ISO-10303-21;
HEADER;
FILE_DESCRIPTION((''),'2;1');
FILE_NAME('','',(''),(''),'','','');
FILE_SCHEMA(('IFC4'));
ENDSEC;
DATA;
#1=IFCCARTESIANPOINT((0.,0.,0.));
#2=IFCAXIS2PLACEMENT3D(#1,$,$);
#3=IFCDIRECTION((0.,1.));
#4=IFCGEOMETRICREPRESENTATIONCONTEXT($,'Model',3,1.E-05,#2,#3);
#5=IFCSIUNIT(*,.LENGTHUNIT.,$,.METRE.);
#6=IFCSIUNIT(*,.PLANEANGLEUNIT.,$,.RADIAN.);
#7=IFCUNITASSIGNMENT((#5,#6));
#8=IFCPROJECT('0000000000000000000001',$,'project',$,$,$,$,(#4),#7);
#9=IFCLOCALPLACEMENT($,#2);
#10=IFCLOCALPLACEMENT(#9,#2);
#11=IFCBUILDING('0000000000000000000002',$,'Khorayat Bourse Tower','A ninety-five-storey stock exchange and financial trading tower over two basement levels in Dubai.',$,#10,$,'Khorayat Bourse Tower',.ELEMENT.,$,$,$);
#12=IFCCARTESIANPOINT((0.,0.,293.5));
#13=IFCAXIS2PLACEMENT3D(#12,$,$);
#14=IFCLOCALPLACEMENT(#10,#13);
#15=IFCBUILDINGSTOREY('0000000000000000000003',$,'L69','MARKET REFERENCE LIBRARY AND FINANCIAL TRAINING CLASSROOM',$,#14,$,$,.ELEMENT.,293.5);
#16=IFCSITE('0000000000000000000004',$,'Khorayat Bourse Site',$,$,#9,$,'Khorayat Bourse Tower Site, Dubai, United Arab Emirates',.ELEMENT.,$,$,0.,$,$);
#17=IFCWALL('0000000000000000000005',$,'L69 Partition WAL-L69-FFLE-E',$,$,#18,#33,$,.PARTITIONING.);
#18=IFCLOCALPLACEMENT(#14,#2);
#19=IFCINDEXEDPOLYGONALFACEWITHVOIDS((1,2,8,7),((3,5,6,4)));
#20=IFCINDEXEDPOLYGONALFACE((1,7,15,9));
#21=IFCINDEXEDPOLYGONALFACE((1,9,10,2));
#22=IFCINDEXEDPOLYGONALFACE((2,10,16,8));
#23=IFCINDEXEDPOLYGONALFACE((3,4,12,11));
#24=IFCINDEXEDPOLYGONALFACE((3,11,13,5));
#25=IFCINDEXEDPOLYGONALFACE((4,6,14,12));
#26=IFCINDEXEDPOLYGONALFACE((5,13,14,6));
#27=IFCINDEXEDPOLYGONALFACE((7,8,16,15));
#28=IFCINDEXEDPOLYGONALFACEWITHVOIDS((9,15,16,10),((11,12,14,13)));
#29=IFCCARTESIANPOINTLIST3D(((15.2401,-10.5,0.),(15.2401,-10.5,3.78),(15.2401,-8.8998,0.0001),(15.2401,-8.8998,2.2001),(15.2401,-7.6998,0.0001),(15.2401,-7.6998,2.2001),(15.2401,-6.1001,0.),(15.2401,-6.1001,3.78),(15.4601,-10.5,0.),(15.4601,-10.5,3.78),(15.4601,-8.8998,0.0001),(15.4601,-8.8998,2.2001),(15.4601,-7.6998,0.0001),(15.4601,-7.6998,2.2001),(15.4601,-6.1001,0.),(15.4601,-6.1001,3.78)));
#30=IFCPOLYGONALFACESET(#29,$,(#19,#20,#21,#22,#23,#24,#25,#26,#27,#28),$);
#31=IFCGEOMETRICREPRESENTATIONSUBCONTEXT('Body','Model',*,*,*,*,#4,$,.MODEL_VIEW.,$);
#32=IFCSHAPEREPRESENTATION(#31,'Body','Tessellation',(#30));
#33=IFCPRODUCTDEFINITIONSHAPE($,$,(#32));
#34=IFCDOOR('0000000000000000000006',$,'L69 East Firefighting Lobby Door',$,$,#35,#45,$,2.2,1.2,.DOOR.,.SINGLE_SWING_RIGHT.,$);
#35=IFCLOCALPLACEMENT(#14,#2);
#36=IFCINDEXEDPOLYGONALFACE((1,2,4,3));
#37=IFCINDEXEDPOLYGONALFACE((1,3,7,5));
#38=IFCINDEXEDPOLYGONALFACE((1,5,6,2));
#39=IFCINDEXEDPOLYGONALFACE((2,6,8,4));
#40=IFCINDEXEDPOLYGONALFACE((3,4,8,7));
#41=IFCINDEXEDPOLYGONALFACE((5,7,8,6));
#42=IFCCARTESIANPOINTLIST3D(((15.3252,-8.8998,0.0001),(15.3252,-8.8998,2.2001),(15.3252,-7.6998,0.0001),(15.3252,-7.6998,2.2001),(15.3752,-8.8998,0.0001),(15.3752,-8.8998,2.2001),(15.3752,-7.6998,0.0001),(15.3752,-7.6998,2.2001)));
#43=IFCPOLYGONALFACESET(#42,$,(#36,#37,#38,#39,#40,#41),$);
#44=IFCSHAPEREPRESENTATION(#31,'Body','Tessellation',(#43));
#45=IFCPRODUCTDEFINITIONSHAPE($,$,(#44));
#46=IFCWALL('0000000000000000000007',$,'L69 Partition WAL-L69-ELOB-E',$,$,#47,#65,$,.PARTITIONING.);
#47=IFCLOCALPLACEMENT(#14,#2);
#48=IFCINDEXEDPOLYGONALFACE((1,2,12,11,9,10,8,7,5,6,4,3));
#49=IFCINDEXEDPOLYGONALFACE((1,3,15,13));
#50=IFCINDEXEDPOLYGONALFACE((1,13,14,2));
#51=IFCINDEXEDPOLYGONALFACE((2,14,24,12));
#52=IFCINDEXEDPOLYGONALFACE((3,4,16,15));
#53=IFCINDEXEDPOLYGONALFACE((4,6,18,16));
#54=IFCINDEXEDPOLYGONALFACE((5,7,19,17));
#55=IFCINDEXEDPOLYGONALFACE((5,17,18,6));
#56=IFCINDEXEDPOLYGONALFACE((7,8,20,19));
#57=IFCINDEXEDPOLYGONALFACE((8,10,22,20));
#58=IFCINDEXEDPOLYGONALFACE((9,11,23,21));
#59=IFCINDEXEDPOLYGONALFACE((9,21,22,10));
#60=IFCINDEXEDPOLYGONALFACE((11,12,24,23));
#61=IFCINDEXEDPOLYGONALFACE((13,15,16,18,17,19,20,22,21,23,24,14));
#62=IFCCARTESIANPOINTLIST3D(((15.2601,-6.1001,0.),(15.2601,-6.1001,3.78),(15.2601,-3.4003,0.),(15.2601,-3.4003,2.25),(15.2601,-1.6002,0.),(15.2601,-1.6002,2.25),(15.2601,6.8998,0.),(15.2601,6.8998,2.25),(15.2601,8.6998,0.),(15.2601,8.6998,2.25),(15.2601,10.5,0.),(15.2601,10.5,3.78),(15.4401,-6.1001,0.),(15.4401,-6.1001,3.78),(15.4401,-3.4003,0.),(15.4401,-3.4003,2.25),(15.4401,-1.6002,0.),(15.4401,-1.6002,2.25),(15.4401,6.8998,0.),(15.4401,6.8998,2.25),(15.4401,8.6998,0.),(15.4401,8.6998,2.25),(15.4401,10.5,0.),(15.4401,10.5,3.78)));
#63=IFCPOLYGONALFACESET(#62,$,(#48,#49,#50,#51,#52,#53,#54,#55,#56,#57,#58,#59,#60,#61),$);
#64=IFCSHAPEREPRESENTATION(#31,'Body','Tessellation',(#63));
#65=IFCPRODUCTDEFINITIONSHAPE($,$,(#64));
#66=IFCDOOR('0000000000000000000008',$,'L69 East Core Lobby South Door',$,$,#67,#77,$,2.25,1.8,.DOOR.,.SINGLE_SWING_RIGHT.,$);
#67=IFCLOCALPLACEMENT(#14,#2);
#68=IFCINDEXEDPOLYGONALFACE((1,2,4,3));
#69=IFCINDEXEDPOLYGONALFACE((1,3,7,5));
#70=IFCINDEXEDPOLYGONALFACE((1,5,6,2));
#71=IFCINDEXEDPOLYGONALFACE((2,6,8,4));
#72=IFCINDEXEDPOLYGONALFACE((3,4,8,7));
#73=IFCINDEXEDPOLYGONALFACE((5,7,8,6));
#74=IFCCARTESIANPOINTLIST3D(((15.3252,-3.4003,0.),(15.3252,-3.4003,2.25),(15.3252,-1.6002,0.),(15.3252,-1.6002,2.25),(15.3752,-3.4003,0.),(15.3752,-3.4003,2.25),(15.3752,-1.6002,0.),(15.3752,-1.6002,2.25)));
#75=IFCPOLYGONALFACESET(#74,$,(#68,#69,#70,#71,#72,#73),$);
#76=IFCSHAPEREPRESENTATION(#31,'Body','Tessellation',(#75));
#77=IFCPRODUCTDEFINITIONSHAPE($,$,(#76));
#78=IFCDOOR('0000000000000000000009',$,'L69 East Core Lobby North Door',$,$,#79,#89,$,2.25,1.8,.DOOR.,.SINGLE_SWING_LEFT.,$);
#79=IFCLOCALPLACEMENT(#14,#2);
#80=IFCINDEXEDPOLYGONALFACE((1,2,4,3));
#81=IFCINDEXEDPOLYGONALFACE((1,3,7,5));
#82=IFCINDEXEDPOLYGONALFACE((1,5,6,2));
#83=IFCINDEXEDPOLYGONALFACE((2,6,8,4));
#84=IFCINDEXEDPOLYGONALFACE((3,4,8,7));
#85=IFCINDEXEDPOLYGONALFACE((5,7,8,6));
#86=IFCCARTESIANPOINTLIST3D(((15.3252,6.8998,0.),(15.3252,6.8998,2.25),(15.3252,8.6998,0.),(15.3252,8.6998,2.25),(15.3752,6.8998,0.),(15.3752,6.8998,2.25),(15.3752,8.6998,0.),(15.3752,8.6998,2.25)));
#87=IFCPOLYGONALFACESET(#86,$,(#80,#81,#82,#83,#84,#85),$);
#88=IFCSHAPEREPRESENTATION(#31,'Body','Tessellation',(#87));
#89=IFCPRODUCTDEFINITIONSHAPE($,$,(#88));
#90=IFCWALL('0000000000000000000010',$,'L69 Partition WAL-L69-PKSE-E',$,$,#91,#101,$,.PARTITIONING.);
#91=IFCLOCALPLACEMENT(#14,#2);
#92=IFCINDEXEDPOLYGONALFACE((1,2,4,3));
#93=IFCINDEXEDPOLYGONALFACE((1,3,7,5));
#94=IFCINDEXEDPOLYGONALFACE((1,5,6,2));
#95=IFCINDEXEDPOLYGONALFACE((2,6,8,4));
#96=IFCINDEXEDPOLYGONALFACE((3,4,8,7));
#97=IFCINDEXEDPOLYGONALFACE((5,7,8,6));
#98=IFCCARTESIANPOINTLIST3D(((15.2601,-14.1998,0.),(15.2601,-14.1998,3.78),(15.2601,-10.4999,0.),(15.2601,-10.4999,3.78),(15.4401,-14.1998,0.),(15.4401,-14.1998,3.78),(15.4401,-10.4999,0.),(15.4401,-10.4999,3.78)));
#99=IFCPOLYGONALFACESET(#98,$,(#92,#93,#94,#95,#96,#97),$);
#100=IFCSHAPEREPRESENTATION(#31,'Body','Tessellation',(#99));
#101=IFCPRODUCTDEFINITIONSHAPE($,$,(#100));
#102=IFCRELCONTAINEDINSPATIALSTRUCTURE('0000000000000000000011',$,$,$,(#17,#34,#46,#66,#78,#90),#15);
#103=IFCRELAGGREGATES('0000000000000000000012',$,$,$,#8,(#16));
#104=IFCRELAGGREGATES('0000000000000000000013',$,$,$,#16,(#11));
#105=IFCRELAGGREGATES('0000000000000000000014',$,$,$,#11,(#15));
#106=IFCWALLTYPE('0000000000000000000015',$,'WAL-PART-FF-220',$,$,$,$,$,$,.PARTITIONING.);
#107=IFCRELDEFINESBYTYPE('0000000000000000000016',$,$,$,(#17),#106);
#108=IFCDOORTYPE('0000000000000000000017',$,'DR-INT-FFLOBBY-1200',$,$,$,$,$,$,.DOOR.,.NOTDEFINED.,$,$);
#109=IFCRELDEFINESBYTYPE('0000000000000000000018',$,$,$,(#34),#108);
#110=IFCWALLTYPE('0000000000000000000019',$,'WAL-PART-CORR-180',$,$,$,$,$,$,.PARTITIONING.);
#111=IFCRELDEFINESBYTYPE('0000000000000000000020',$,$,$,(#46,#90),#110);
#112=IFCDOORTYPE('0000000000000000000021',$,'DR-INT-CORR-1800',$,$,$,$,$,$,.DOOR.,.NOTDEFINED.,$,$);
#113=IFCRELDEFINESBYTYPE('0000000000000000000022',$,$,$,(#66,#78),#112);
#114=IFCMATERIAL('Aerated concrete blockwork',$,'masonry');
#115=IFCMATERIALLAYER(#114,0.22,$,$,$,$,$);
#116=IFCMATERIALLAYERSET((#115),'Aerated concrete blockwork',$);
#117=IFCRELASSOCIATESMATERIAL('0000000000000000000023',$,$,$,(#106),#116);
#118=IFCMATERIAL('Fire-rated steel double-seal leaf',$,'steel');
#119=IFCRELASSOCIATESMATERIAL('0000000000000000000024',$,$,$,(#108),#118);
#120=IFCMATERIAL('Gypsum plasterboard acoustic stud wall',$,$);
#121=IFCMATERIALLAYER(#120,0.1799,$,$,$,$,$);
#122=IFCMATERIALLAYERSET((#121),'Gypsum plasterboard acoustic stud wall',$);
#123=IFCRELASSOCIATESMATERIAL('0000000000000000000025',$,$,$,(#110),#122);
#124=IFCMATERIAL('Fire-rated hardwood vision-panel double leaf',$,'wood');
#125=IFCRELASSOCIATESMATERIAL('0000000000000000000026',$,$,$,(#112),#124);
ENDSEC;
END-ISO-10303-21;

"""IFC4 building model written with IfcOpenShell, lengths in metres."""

from ifc_helpers import new_model, si_unit, direction, frame, frame_2d, origin, place, context, subcontext, project, spatial, rectangle, extrude, source, transform, mapped, material, layer, layer_set, type_object, element, fill, save


model = new_model("IFC4")

# Units and contexts
model_context = context("Model", 3, precision=1e-05, world=origin(), true_north=direction((0.0, 1.0)))
body_context = subcontext(model_context, "Body", "Model", "MODEL_VIEW")
ifc_project = project(units=[si_unit("LENGTHUNIT", "METRE"), si_unit("PLANEANGLEUNIT", "RADIAN")], contexts=[model_context])

# Site, building, storey
site_placement = place(None, origin())
site = spatial("IfcSite", under=ifc_project, at=site_placement, Name="Khorayat Bourse Site", LongName="Khorayat Bourse Tower Site, Dubai, United Arab Emirates", CompositionType="ELEMENT", RefElevation=0.0)
building_placement = place(site_placement, origin())
building = spatial("IfcBuilding", under=site, at=building_placement, Name="Khorayat Bourse Tower", Description="A ninety-five-storey stock exchange and financial trading tower over two basement levels in Dubai.", LongName="Khorayat Bourse Tower", CompositionType="ELEMENT")
storey_placement = place(building_placement, frame((0.0, 0.0, 293.5)))
storey = spatial("IfcBuildingStorey", under=building, at=storey_placement, Name="L69", Description="MARKET REFERENCE LIBRARY AND FINANCIAL TRAINING CLASSROOM", CompositionType="ELEMENT", Elevation=293.5)

# Shared definitions
ifc_material_1 = material(Name="Aerated concrete blockwork", Category="masonry")
ifc_layer_1 = layer(ifc_material_1, 0.22)
ifc_layer_set_1 = layer_set([ifc_layer_1], Name="Aerated concrete blockwork")
wall_type_1 = type_object("IfcWallType", Name="WAL-PART-FF-220", PredefinedType="PARTITIONING", material=ifc_layer_set_1)

# Wall, opening, door
shared_shape_1 = source(origin(), body_context, "Body", "SweptSolid", [
    extrude(rectangle(XDim=4.3999, YDim=0.22, at=frame_2d((2.2, 0.0))), origin(), (0.0, 0.0, 1.0), 3.78),
])
wall_1_placement = place(storey_placement, frame((15.3501, -10.5, 0.0), z_axis=(0.0, 0.0, 1.0), x_axis=(0.0, 1.0, 0.0)))
wall_1 = element("IfcWall", 1, at=wall_1_placement, inside=storey, type_object=wall_type_1, Name="L69 Partition WAL-L69-FFLE-E", PredefinedType="PARTITIONING", context=body_context, shape_type="MappedRepresentation", body=[
    mapped(shared_shape_1, transform((0.0, 0.0, 0.0), scale=1.0)),
])
shared_shape_2 = source(origin(), body_context, "Body", "SweptSolid", [
    extrude(rectangle(XDim=1.2, YDim=2.2, at=frame_2d((0.6001, 1.1001))), frame((0.0, 0.1199, 0.0), z_axis=(0.0, -1.0, 0.0), x_axis=(1.0, 0.0, 0.0)), (0.0, 0.0, 1.0), 0.24),
])
opening_1_placement = place(wall_1_placement, frame((1.6001, 0.0, 0.0)))
opening_1 = element("IfcOpeningElement", 2, at=opening_1_placement, cuts=wall_1, PredefinedType="OPENING", context=body_context, shape_type="MappedRepresentation", body=[
    mapped(shared_shape_2, transform((0.0, 0.0, 0.0), scale=1.0)),
])
ifc_material_2 = material(Name="Fire-rated steel double-seal leaf", Category="steel")
door_type_1 = type_object("IfcDoorType", Name="DR-INT-FFLOBBY-1200", OperationType="NOTDEFINED", PredefinedType="DOOR", material=ifc_material_2)
shared_shape_3 = source(origin(), body_context, "Body", "SweptSolid", [
    extrude(rectangle(XDim=1.2, YDim=2.2, at=frame_2d((0.6001, 1.1001))), frame((0.0, 0.0249, 0.0), z_axis=(0.0, -1.0, 0.0), x_axis=(1.0, 0.0, 0.0)), (0.0, 0.0, 1.0), 0.05),
])
door_1_placement = place(opening_1_placement, origin())
door_1 = element("IfcDoor", 3, at=door_1_placement, inside=storey, type_object=door_type_1, Name="L69 East Firefighting Lobby Door", OperationType="SINGLE_SWING_RIGHT", OverallHeight=2.2, OverallWidth=1.2, PredefinedType="DOOR", context=body_context, shape_type="MappedRepresentation", body=[
    mapped(shared_shape_3, transform((0.0, 0.0, 0.0), scale=1.0)),
])
fill(opening_1, door_1)

# Wall, openings, doors
ifc_material_3 = material(Name="Gypsum plasterboard acoustic stud wall")
ifc_layer_2 = layer(ifc_material_3, 0.1799)
ifc_layer_set_2 = layer_set([ifc_layer_2], Name="Gypsum plasterboard acoustic stud wall")
wall_type_2 = type_object("IfcWallType", Name="WAL-PART-CORR-180", PredefinedType="PARTITIONING", material=ifc_layer_set_2)
shared_shape_4 = source(origin(), body_context, "Body", "SweptSolid", [
    extrude(rectangle(XDim=16.6001, YDim=0.1799, at=frame_2d((8.3, 0.0))), origin(), (0.0, 0.0, 1.0), 3.78),
])
wall_2_placement = place(storey_placement, frame((15.3501, -6.1001, 0.0), z_axis=(0.0, 0.0, 1.0), x_axis=(0.0, 1.0, 0.0)))
wall_2 = element("IfcWall", 4, at=wall_2_placement, inside=storey, type_object=wall_type_2, Name="L69 Partition WAL-L69-ELOB-E", PredefinedType="PARTITIONING", context=body_context, shape_type="MappedRepresentation", body=[
    mapped(shared_shape_4, transform((0.0, 0.0, 0.0), scale=1.0)),
])
shared_shape_5 = source(origin(), body_context, "Body", "SweptSolid", [
    extrude(rectangle(XDim=1.8, YDim=2.25, at=frame_2d((0.8999, 1.125))), frame((0.0, 0.0999, 0.0), z_axis=(0.0, -1.0, 0.0), x_axis=(1.0, 0.0, 0.0)), (0.0, 0.0, 1.0), 0.2),
])
opening_2_placement = place(wall_2_placement, frame((2.7, 0.0, 0.0)))
opening_2 = element("IfcOpeningElement", 5, at=opening_2_placement, cuts=wall_2, PredefinedType="OPENING", context=body_context, shape_type="MappedRepresentation", body=[
    mapped(shared_shape_5, transform((0.0, 0.0, 0.0), scale=1.0)),
])
opening_3_placement = place(wall_2_placement, frame((13.0, 0.0, 0.0)))
opening_3 = element("IfcOpeningElement", 6, at=opening_3_placement, cuts=wall_2, PredefinedType="OPENING", context=body_context, shape_type="MappedRepresentation", body=[
    mapped(shared_shape_5, transform((0.0, 0.0, 0.0), scale=1.0)),
])
ifc_material_4 = material(Name="Fire-rated hardwood vision-panel double leaf", Category="wood")
door_type_2 = type_object("IfcDoorType", Name="DR-INT-CORR-1800", OperationType="NOTDEFINED", PredefinedType="DOOR", material=ifc_material_4)
shared_shape_6 = source(origin(), body_context, "Body", "SweptSolid", [
    extrude(rectangle(XDim=1.8, YDim=2.25, at=frame_2d((0.8999, 1.125))), frame((0.0, 0.0249, 0.0), z_axis=(0.0, -1.0, 0.0), x_axis=(1.0, 0.0, 0.0)), (0.0, 0.0, 1.0), 0.05),
])
door_2_placement = place(opening_2_placement, origin())
door_2 = element("IfcDoor", 7, at=door_2_placement, inside=storey, type_object=door_type_2, Name="L69 East Core Lobby South Door", OperationType="SINGLE_SWING_RIGHT", OverallHeight=2.25, OverallWidth=1.8, PredefinedType="DOOR", context=body_context, shape_type="MappedRepresentation", body=[
    mapped(shared_shape_6, transform((0.0, 0.0, 0.0), scale=1.0)),
])
fill(opening_2, door_2)
door_3_placement = place(opening_3_placement, origin())
door_3 = element("IfcDoor", 8, at=door_3_placement, inside=storey, type_object=door_type_2, Name="L69 East Core Lobby North Door", OperationType="SINGLE_SWING_LEFT", OverallHeight=2.25, OverallWidth=1.8, PredefinedType="DOOR", context=body_context, shape_type="MappedRepresentation", body=[
    mapped(shared_shape_6, transform((0.0, 0.0, 0.0), scale=1.0)),
])
fill(opening_3, door_3)

# Wall
shared_shape_7 = source(origin(), body_context, "Body", "SweptSolid", [
    extrude(rectangle(XDim=3.7, YDim=0.1799, at=frame_2d((1.8501, 0.0))), origin(), (0.0, 0.0, 1.0), 3.78),
])
wall_3_placement = place(storey_placement, frame((15.3501, -14.2, 0.0), z_axis=(0.0, 0.0, 1.0), x_axis=(0.0, 1.0, 0.0)))
element("IfcWall", 9, at=wall_3_placement, inside=storey, type_object=wall_type_2, Name="L69 Partition WAL-L69-PKSE-E", PredefinedType="PARTITIONING", context=body_context, shape_type="MappedRepresentation", body=[
    mapped(shared_shape_7, transform((0.0, 0.0, 0.0), scale=1.0)),
])

save(model, "model.ifc")
